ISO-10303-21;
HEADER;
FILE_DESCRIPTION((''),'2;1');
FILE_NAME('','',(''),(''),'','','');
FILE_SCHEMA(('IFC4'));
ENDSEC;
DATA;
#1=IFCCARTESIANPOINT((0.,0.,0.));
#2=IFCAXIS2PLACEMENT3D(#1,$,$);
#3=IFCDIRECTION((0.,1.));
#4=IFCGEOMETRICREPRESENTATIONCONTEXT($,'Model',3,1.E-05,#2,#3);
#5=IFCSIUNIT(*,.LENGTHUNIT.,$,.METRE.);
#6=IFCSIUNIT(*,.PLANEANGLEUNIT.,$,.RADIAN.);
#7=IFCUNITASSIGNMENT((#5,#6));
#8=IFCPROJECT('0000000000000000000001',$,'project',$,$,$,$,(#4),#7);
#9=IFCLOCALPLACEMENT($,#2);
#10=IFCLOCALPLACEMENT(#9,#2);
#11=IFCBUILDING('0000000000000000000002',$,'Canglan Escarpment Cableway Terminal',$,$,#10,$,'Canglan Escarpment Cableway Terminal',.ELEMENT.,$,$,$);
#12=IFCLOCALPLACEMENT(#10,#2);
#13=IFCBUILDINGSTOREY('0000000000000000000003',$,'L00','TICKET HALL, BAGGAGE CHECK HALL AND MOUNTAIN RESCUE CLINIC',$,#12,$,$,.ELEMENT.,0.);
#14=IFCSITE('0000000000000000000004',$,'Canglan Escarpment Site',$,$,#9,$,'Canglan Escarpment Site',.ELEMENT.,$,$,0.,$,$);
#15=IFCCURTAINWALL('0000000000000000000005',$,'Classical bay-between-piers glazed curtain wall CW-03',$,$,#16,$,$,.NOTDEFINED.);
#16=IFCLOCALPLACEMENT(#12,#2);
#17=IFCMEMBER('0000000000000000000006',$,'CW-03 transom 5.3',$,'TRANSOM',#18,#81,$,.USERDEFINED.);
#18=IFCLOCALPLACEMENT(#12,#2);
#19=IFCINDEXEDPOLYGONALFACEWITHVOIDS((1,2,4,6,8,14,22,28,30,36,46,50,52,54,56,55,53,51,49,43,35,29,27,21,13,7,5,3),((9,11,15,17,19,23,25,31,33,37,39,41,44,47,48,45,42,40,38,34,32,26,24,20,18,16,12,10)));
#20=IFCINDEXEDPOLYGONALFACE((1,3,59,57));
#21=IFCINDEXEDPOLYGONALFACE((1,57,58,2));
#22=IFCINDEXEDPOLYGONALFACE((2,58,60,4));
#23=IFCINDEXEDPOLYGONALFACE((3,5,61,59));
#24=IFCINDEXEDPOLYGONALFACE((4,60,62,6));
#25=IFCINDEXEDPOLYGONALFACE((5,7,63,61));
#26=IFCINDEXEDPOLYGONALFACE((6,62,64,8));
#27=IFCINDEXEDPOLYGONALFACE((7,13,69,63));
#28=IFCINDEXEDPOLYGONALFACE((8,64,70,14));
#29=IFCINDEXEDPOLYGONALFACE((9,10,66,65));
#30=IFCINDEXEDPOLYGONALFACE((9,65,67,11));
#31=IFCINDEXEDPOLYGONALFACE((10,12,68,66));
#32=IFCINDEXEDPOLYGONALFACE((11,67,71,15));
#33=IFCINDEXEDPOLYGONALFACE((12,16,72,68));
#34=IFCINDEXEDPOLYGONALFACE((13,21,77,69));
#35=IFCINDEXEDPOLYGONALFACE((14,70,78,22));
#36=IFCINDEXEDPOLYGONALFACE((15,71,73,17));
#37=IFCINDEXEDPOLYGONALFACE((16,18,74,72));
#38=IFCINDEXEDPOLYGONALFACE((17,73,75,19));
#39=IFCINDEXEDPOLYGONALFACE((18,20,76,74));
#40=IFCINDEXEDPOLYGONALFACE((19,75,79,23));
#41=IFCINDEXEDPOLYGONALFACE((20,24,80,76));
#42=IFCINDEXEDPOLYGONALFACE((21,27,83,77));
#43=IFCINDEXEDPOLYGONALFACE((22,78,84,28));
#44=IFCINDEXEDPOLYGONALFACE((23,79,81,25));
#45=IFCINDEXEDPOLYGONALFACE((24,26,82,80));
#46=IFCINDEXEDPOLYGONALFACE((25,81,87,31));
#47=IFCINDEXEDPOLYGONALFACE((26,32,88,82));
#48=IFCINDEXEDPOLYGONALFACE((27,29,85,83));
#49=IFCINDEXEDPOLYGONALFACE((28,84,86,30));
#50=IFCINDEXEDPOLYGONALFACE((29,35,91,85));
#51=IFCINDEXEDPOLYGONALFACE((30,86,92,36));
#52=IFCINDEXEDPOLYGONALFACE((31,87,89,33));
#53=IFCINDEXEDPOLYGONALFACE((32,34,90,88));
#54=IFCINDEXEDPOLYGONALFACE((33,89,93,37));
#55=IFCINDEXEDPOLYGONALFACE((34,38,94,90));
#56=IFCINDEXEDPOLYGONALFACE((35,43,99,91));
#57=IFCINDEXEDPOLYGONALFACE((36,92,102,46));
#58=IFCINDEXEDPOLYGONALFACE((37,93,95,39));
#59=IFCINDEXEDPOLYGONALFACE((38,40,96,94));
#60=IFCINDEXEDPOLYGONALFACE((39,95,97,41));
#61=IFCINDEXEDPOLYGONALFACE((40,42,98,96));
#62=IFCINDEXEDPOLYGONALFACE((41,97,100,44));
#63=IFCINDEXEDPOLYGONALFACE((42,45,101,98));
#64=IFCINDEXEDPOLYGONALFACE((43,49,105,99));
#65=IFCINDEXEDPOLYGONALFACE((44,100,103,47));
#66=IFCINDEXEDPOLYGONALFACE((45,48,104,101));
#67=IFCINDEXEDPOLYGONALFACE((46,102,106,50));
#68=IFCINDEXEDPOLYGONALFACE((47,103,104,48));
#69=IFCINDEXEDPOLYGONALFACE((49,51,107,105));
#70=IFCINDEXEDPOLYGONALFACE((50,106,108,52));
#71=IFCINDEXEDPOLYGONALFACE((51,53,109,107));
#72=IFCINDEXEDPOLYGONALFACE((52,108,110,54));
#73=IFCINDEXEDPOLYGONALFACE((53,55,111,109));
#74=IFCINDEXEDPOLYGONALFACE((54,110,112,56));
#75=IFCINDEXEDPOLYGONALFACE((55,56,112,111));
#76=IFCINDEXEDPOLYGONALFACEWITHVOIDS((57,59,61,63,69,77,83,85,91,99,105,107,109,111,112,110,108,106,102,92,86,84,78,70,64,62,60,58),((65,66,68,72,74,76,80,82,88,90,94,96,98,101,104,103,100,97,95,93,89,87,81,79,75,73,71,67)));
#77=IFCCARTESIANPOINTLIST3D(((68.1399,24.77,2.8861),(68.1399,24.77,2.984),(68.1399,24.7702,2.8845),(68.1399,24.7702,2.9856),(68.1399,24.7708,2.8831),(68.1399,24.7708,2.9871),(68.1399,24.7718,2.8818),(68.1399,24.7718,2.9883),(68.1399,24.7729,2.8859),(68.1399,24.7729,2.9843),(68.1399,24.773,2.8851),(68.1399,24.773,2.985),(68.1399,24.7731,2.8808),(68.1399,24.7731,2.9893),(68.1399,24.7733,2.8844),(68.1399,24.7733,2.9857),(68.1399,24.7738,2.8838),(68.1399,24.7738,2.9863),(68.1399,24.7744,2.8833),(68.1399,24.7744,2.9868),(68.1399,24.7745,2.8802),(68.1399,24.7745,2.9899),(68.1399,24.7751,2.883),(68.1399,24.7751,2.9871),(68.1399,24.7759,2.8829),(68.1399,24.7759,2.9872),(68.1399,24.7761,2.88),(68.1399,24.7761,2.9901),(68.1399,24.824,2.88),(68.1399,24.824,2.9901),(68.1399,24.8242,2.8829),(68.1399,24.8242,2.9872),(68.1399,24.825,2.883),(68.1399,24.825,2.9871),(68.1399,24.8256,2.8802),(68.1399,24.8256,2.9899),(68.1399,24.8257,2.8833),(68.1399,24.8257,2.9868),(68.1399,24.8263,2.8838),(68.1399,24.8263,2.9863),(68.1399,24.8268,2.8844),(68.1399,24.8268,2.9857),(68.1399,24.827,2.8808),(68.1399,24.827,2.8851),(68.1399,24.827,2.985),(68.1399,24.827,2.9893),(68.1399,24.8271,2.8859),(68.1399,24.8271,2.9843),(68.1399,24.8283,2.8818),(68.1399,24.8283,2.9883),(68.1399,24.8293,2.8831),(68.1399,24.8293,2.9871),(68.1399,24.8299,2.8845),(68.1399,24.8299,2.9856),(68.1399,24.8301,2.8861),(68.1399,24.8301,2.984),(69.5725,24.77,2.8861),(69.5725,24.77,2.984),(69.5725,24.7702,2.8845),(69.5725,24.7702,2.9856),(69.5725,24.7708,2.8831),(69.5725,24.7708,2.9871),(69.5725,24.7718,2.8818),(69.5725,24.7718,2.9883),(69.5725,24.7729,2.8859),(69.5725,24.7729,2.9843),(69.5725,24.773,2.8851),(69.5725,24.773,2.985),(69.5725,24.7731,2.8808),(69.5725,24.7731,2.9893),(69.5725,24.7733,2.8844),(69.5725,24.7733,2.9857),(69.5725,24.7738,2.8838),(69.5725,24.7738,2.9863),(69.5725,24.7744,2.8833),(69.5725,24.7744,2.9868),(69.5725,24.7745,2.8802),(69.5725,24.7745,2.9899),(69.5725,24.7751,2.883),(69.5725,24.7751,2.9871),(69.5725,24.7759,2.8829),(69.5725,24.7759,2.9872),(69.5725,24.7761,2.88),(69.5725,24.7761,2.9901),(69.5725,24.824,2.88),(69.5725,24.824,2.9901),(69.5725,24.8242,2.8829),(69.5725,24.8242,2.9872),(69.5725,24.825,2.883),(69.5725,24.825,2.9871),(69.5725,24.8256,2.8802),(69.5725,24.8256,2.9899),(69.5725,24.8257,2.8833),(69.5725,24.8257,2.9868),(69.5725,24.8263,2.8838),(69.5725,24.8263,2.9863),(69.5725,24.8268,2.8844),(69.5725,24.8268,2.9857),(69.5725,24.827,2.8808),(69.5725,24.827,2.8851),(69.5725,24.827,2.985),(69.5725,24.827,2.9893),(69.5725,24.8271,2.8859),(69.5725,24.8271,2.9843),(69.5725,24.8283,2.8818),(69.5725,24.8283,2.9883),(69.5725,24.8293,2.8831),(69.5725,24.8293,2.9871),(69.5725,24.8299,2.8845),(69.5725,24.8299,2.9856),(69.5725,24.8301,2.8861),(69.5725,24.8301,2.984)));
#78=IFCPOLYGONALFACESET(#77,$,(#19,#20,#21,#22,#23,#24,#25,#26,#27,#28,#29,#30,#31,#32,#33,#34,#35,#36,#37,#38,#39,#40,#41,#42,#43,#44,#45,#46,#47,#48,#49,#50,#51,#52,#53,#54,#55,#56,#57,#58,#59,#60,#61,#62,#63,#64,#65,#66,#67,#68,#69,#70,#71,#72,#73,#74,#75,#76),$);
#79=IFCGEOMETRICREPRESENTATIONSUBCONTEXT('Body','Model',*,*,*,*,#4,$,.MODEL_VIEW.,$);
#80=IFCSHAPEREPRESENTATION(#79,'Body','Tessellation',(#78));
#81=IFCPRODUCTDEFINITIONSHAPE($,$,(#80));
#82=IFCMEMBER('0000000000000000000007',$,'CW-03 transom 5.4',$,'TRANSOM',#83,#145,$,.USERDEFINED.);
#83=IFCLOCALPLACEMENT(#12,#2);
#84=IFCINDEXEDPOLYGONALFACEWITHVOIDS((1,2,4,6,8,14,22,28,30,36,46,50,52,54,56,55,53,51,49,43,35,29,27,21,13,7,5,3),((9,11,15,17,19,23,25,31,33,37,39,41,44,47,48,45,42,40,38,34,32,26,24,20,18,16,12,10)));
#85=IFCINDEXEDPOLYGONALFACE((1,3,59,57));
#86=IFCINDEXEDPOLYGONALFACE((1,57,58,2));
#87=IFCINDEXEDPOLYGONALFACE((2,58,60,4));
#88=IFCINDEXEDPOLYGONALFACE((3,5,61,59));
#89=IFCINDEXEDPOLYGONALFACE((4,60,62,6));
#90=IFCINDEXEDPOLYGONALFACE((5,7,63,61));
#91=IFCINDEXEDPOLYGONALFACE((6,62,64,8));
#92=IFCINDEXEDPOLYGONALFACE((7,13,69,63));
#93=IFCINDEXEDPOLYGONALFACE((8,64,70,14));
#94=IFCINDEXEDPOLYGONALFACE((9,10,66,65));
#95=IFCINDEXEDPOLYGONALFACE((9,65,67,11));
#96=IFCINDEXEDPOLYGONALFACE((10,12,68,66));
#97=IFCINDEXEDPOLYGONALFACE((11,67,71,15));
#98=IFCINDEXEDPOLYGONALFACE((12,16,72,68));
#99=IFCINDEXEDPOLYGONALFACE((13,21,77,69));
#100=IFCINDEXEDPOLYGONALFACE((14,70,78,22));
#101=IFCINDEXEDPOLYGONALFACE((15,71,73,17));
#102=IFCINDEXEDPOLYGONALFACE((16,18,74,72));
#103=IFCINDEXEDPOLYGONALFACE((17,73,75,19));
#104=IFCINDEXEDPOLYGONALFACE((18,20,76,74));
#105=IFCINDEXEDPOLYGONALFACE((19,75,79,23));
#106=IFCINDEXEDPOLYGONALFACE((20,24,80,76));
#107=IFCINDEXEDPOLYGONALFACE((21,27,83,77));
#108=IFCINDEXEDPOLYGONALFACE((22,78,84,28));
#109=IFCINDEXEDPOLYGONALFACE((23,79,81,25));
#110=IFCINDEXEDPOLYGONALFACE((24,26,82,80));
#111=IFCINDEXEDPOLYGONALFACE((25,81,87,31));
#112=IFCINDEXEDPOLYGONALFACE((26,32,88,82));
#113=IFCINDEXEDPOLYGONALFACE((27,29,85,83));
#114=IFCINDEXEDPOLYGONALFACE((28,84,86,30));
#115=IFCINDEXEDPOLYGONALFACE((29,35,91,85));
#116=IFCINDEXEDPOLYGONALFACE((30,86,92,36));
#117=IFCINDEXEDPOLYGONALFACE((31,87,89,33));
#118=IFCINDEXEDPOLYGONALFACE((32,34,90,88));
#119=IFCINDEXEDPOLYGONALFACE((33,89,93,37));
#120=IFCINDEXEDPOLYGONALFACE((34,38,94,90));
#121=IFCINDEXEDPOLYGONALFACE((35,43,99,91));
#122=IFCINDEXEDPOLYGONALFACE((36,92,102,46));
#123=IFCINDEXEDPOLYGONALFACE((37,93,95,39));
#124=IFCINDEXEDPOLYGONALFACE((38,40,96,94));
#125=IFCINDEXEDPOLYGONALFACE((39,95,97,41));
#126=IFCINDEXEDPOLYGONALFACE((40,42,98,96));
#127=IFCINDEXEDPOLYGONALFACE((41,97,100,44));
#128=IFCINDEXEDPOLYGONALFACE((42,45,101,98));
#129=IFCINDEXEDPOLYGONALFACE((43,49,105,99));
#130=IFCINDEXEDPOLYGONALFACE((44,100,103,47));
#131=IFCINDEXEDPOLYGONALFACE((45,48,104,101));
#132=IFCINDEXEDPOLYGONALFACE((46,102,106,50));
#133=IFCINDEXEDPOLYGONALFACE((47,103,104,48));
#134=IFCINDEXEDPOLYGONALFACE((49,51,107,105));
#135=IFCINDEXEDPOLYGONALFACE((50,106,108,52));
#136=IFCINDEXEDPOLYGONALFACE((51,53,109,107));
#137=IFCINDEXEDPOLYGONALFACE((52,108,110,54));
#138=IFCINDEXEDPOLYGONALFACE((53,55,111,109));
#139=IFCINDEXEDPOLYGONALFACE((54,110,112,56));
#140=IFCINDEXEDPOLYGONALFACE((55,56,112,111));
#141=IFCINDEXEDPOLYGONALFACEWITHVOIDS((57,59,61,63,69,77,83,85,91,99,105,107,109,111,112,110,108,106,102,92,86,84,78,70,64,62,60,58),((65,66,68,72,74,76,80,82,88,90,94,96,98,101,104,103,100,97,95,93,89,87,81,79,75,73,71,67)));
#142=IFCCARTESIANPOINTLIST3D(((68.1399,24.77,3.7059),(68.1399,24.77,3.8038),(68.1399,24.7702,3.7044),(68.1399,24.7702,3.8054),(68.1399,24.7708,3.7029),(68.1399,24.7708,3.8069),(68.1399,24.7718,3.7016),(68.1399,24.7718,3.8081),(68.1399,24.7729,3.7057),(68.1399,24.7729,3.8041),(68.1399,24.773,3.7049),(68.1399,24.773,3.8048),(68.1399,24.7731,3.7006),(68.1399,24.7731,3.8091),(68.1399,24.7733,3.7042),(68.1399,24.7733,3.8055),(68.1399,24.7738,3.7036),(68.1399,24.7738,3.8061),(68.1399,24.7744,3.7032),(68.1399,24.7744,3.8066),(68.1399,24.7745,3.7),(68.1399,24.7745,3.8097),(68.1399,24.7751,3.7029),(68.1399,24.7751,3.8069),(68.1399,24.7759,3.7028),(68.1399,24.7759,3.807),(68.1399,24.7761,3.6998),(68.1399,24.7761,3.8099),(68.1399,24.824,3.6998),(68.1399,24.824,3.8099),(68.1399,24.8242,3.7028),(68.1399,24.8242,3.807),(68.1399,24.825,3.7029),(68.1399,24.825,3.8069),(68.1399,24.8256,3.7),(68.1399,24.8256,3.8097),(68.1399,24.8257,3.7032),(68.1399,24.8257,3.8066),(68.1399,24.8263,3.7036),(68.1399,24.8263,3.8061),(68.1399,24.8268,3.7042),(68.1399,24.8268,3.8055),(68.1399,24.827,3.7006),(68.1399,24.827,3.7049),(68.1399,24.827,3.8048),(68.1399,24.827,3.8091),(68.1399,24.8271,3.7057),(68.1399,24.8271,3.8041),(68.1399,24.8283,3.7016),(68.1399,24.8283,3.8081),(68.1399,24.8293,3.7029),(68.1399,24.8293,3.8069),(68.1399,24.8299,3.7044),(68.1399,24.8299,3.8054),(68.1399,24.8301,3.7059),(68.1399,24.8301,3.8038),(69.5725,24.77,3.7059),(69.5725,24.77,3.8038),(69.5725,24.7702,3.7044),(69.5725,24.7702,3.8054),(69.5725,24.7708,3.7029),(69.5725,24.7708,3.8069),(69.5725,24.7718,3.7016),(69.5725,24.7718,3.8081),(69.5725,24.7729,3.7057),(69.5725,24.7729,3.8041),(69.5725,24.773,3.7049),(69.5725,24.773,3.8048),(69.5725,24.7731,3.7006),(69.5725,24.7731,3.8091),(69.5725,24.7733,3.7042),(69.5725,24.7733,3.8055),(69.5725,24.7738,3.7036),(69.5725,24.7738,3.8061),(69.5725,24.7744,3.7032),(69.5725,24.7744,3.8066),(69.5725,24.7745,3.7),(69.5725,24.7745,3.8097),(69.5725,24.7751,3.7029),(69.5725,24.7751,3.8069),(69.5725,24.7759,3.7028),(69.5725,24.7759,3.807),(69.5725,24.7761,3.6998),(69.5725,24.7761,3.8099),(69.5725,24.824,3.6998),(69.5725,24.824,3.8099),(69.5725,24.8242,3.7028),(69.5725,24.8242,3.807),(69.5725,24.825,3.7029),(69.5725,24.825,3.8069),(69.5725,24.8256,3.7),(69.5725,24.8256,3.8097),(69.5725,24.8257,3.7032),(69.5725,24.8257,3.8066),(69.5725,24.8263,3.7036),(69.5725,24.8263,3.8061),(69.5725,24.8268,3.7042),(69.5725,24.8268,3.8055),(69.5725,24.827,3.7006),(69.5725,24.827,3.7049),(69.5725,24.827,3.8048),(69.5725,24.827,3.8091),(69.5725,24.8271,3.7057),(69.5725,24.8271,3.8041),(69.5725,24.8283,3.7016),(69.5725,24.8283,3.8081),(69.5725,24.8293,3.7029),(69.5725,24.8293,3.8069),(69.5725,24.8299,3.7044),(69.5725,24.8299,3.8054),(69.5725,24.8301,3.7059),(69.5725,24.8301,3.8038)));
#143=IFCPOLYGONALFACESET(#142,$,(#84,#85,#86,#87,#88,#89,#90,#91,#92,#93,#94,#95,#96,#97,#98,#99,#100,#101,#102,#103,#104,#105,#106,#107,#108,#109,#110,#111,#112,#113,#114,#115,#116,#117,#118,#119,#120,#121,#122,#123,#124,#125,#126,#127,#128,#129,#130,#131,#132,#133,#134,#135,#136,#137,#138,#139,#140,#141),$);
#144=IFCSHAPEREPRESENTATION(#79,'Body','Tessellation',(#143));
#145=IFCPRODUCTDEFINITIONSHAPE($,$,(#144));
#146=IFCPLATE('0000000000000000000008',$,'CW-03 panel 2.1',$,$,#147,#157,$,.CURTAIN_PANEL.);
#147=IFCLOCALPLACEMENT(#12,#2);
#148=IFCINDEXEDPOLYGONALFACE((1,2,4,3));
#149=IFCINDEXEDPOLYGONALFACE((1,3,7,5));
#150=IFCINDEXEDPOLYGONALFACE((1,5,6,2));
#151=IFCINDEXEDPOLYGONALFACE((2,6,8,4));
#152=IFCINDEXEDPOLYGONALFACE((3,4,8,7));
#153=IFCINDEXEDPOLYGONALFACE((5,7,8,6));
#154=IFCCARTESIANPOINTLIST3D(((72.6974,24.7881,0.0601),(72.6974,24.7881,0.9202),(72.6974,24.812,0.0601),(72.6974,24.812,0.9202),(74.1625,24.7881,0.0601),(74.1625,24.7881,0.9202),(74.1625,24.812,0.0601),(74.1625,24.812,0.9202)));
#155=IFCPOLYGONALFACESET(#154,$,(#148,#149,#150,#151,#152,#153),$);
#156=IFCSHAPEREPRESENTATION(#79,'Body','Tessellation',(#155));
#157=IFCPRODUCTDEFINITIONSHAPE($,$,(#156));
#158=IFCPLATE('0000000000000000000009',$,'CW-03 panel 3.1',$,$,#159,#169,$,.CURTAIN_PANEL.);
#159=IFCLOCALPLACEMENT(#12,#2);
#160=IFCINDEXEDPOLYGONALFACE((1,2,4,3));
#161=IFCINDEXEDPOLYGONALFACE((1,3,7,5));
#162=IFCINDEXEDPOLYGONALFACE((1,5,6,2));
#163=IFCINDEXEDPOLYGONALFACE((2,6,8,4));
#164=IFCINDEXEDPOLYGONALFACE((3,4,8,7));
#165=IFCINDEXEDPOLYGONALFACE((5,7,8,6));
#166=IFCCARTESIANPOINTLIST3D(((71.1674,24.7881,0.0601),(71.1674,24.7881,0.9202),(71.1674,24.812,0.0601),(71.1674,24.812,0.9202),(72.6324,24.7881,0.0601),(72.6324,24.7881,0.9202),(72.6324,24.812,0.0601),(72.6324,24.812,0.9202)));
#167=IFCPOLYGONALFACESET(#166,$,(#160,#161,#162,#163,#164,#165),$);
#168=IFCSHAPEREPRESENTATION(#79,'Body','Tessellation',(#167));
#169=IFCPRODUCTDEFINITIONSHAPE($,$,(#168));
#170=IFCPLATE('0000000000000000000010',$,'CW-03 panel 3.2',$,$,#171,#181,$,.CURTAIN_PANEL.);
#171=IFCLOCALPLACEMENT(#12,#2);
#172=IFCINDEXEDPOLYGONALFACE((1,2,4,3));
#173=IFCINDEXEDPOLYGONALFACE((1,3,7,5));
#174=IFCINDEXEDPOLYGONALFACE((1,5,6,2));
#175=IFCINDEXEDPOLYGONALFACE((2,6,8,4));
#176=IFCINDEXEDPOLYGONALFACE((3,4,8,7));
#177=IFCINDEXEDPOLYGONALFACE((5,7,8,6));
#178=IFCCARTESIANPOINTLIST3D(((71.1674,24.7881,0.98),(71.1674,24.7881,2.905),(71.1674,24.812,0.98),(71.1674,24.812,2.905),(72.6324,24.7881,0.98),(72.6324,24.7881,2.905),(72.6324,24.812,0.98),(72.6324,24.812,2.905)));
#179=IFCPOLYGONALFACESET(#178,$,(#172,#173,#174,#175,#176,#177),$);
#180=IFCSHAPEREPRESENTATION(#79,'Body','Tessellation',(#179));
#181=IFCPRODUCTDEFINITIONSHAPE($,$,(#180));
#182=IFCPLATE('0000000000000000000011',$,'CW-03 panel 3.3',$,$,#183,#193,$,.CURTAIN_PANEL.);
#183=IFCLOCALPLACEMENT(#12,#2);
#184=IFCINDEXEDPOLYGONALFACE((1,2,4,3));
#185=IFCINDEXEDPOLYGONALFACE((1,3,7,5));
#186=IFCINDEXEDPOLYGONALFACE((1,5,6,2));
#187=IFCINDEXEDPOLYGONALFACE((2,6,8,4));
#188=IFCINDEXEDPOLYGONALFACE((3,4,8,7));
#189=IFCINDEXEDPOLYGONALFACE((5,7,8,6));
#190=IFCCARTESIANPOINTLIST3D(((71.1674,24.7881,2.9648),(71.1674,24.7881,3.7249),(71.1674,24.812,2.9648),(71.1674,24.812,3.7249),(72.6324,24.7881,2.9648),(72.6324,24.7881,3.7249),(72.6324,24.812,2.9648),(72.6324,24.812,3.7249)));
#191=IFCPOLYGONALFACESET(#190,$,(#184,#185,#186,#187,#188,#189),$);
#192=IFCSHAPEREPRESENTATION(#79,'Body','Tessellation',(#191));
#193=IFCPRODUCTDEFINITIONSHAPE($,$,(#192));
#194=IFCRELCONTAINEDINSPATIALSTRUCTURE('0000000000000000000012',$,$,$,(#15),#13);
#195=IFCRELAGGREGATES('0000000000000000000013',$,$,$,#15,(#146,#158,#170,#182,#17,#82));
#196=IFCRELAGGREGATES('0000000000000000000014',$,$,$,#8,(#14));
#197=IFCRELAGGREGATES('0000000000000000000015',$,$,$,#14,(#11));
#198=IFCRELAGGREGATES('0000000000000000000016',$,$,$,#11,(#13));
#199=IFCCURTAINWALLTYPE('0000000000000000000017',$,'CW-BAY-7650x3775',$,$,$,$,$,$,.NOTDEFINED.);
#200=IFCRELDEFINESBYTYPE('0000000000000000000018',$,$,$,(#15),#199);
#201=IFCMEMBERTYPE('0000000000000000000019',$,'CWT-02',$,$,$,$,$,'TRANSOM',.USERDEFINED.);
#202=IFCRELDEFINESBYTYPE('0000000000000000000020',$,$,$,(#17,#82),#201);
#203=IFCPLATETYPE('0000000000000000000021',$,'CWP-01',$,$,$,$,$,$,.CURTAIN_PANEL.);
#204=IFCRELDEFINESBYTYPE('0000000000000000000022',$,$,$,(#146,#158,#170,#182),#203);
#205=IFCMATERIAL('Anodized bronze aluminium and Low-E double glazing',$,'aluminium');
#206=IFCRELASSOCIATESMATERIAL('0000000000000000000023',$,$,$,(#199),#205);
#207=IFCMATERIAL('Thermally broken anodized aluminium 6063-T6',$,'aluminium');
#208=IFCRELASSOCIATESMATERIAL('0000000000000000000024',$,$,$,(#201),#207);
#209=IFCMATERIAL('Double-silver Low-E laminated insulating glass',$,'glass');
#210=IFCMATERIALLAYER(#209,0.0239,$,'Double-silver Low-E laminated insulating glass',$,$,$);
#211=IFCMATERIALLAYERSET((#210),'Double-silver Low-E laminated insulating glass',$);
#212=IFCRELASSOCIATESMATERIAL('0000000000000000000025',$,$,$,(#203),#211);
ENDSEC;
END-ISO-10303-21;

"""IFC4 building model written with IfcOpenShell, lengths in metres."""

from ifc_helpers import new_model, si_unit, direction, frame, origin, origin_2d, place, context, subcontext, project, spatial, rectangle, hollow_rectangle, extrude, material, layer, layer_set, material_profile, profile_set, type_object, element, aggregate, save


model = new_model("IFC4")

# Units and contexts
model_context = context("Model", 3, precision=1e-05, world=origin(), true_north=direction((0.0, 1.0)))
body_context = subcontext(model_context, "Body", "Model", "MODEL_VIEW")
ifc_project = project(units=[si_unit("LENGTHUNIT", "METRE"), si_unit("PLANEANGLEUNIT", "RADIAN")], contexts=[model_context])

# Site, building, storey
site_placement = place(None, origin())
site = spatial("IfcSite", under=ifc_project, at=site_placement, Name="Canglan Escarpment Site", LongName="Canglan Escarpment Site", CompositionType="ELEMENT", RefElevation=0.0)
building_placement = place(site_placement, origin())
building = spatial("IfcBuilding", under=site, at=building_placement, Name="Canglan Escarpment Cableway Terminal", LongName="Canglan Escarpment Cableway Terminal", CompositionType="ELEMENT")
storey_placement = place(building_placement, origin())
storey = spatial("IfcBuildingStorey", under=building, at=storey_placement, Name="L00", Description="TICKET HALL, BAGGAGE CHECK HALL AND MOUNTAIN RESCUE CLINIC", CompositionType="ELEMENT", Elevation=0.0)

# Curtain wall, members, plates
ifc_material_1 = material(Name="Anodized bronze aluminium and Low-E double glazing", Category="aluminium")
curtain_wall_type = type_object("IfcCurtainWallType", Name="CW-BAY-7650x3775", PredefinedType="NOTDEFINED", material=ifc_material_1)
curtain_wall_placement = place(storey_placement, origin())
curtain_wall = element("IfcCurtainWall", 1, at=curtain_wall_placement, inside=storey, type_object=curtain_wall_type, Name="Classical bay-between-piers glazed curtain wall CW-03", PredefinedType="NOTDEFINED")
ifc_material_2 = material(Name="Thermally broken anodized aluminium 6063-T6", Category="aluminium")
ifc_material_profile_1 = material_profile(ifc_material_2, hollow_rectangle(XDim=0.0601, YDim=0.1101, WallThickness=0.0029, InnerFilletRadius=0.0029, OuterFilletRadius=0.0061, at=origin_2d()), Name="ALU-TRAN 60x110x3")
ifc_profile_set_1 = profile_set([ifc_material_profile_1], Name="Thermally broken anodized aluminium 6063-T6")
member_type_1 = type_object("IfcMemberType", Name="CWT-02", ElementType="TRANSOM", PredefinedType="USERDEFINED", material=ifc_profile_set_1)
member_1_placement = place(storey_placement, frame((69.5725, 24.8, 2.9351), z_axis=(-1.0, 0.0, 0.0), x_axis=(0.0, -1.0, 0.0)))
member_1 = element("IfcMember", 2, at=member_1_placement, type_object=member_type_1, Name="CW-03 transom 5.3", ObjectType="TRANSOM", PredefinedType="USERDEFINED", context=body_context, shape_type="SweptSolid", body=[
    extrude(hollow_rectangle(XDim=0.0601, YDim=0.1101, WallThickness=0.0029, InnerFilletRadius=0.0029, OuterFilletRadius=0.0061, at=origin_2d()), origin(), (0.0, 0.0, 1.0), 1.4326),
])
member_2_placement = place(storey_placement, frame((69.5725, 24.8, 3.7549), z_axis=(-1.0, 0.0, 0.0), x_axis=(0.0, -1.0, 0.0)))
member_2 = element("IfcMember", 3, at=member_2_placement, type_object=member_type_1, Name="CW-03 transom 5.4", ObjectType="TRANSOM", PredefinedType="USERDEFINED", context=body_context, shape_type="SweptSolid", body=[
    extrude(hollow_rectangle(XDim=0.0601, YDim=0.1101, WallThickness=0.0029, InnerFilletRadius=0.0029, OuterFilletRadius=0.0061, at=origin_2d()), origin(), (0.0, 0.0, 1.0), 1.4326),
])
ifc_material_3 = material(Name="Double-silver Low-E laminated insulating glass", Category="glass")
ifc_layer = layer(ifc_material_3, 0.0239, Name="Double-silver Low-E laminated insulating glass")
ifc_layer_set = layer_set([ifc_layer], Name="Double-silver Low-E laminated insulating glass")
plate_type = type_object("IfcPlateType", Name="CWP-01", PredefinedType="CURTAIN_PANEL", material=ifc_layer_set)
plate_1_placement = place(storey_placement, frame((73.4299, 24.8, 0.0601), z_axis=(0.0, 0.0, 1.0), x_axis=(-1.0, 0.0, 0.0)))
plate_1 = element("IfcPlate", 4, at=plate_1_placement, type_object=plate_type, Name="CW-03 panel 2.1", PredefinedType="CURTAIN_PANEL", context=body_context, shape_type="SweptSolid", body=[
    extrude(rectangle(XDim=1.4651, YDim=0.0239, at=origin_2d()), origin(), (0.0, 0.0, 1.0), 0.8601),
])
plate_2_placement = place(storey_placement, frame((71.8999, 24.8, 0.0601), z_axis=(0.0, 0.0, 1.0), x_axis=(-1.0, 0.0, 0.0)))
plate_2 = element("IfcPlate", 5, at=plate_2_placement, type_object=plate_type, Name="CW-03 panel 3.1", PredefinedType="CURTAIN_PANEL", context=body_context, shape_type="SweptSolid", body=[
    extrude(rectangle(XDim=1.4651, YDim=0.0239, at=origin_2d()), origin(), (0.0, 0.0, 1.0), 0.8601),
])
plate_3_placement = place(storey_placement, frame((71.8999, 24.8, 0.98), z_axis=(0.0, 0.0, 1.0), x_axis=(-1.0, 0.0, 0.0)))
plate_3 = element("IfcPlate", 6, at=plate_3_placement, type_object=plate_type, Name="CW-03 panel 3.2", PredefinedType="CURTAIN_PANEL", context=body_context, shape_type="SweptSolid", body=[
    extrude(rectangle(XDim=1.4651, YDim=0.0239, at=origin_2d()), origin(), (0.0, 0.0, 1.0), 1.925),
])
plate_4_placement = place(storey_placement, frame((71.8999, 24.8, 2.9648), z_axis=(0.0, 0.0, 1.0), x_axis=(-1.0, 0.0, 0.0)))
plate_4 = element("IfcPlate", 7, at=plate_4_placement, type_object=plate_type, Name="CW-03 panel 3.3", PredefinedType="CURTAIN_PANEL", context=body_context, shape_type="SweptSolid", body=[
    extrude(rectangle(XDim=1.4651, YDim=0.0239, at=origin_2d()), origin(), (0.0, 0.0, 1.0), 0.76),
])
aggregate(curtain_wall, [plate_1, plate_2, plate_3, plate_4, member_1, member_2])

save(model, "model.ifc")
